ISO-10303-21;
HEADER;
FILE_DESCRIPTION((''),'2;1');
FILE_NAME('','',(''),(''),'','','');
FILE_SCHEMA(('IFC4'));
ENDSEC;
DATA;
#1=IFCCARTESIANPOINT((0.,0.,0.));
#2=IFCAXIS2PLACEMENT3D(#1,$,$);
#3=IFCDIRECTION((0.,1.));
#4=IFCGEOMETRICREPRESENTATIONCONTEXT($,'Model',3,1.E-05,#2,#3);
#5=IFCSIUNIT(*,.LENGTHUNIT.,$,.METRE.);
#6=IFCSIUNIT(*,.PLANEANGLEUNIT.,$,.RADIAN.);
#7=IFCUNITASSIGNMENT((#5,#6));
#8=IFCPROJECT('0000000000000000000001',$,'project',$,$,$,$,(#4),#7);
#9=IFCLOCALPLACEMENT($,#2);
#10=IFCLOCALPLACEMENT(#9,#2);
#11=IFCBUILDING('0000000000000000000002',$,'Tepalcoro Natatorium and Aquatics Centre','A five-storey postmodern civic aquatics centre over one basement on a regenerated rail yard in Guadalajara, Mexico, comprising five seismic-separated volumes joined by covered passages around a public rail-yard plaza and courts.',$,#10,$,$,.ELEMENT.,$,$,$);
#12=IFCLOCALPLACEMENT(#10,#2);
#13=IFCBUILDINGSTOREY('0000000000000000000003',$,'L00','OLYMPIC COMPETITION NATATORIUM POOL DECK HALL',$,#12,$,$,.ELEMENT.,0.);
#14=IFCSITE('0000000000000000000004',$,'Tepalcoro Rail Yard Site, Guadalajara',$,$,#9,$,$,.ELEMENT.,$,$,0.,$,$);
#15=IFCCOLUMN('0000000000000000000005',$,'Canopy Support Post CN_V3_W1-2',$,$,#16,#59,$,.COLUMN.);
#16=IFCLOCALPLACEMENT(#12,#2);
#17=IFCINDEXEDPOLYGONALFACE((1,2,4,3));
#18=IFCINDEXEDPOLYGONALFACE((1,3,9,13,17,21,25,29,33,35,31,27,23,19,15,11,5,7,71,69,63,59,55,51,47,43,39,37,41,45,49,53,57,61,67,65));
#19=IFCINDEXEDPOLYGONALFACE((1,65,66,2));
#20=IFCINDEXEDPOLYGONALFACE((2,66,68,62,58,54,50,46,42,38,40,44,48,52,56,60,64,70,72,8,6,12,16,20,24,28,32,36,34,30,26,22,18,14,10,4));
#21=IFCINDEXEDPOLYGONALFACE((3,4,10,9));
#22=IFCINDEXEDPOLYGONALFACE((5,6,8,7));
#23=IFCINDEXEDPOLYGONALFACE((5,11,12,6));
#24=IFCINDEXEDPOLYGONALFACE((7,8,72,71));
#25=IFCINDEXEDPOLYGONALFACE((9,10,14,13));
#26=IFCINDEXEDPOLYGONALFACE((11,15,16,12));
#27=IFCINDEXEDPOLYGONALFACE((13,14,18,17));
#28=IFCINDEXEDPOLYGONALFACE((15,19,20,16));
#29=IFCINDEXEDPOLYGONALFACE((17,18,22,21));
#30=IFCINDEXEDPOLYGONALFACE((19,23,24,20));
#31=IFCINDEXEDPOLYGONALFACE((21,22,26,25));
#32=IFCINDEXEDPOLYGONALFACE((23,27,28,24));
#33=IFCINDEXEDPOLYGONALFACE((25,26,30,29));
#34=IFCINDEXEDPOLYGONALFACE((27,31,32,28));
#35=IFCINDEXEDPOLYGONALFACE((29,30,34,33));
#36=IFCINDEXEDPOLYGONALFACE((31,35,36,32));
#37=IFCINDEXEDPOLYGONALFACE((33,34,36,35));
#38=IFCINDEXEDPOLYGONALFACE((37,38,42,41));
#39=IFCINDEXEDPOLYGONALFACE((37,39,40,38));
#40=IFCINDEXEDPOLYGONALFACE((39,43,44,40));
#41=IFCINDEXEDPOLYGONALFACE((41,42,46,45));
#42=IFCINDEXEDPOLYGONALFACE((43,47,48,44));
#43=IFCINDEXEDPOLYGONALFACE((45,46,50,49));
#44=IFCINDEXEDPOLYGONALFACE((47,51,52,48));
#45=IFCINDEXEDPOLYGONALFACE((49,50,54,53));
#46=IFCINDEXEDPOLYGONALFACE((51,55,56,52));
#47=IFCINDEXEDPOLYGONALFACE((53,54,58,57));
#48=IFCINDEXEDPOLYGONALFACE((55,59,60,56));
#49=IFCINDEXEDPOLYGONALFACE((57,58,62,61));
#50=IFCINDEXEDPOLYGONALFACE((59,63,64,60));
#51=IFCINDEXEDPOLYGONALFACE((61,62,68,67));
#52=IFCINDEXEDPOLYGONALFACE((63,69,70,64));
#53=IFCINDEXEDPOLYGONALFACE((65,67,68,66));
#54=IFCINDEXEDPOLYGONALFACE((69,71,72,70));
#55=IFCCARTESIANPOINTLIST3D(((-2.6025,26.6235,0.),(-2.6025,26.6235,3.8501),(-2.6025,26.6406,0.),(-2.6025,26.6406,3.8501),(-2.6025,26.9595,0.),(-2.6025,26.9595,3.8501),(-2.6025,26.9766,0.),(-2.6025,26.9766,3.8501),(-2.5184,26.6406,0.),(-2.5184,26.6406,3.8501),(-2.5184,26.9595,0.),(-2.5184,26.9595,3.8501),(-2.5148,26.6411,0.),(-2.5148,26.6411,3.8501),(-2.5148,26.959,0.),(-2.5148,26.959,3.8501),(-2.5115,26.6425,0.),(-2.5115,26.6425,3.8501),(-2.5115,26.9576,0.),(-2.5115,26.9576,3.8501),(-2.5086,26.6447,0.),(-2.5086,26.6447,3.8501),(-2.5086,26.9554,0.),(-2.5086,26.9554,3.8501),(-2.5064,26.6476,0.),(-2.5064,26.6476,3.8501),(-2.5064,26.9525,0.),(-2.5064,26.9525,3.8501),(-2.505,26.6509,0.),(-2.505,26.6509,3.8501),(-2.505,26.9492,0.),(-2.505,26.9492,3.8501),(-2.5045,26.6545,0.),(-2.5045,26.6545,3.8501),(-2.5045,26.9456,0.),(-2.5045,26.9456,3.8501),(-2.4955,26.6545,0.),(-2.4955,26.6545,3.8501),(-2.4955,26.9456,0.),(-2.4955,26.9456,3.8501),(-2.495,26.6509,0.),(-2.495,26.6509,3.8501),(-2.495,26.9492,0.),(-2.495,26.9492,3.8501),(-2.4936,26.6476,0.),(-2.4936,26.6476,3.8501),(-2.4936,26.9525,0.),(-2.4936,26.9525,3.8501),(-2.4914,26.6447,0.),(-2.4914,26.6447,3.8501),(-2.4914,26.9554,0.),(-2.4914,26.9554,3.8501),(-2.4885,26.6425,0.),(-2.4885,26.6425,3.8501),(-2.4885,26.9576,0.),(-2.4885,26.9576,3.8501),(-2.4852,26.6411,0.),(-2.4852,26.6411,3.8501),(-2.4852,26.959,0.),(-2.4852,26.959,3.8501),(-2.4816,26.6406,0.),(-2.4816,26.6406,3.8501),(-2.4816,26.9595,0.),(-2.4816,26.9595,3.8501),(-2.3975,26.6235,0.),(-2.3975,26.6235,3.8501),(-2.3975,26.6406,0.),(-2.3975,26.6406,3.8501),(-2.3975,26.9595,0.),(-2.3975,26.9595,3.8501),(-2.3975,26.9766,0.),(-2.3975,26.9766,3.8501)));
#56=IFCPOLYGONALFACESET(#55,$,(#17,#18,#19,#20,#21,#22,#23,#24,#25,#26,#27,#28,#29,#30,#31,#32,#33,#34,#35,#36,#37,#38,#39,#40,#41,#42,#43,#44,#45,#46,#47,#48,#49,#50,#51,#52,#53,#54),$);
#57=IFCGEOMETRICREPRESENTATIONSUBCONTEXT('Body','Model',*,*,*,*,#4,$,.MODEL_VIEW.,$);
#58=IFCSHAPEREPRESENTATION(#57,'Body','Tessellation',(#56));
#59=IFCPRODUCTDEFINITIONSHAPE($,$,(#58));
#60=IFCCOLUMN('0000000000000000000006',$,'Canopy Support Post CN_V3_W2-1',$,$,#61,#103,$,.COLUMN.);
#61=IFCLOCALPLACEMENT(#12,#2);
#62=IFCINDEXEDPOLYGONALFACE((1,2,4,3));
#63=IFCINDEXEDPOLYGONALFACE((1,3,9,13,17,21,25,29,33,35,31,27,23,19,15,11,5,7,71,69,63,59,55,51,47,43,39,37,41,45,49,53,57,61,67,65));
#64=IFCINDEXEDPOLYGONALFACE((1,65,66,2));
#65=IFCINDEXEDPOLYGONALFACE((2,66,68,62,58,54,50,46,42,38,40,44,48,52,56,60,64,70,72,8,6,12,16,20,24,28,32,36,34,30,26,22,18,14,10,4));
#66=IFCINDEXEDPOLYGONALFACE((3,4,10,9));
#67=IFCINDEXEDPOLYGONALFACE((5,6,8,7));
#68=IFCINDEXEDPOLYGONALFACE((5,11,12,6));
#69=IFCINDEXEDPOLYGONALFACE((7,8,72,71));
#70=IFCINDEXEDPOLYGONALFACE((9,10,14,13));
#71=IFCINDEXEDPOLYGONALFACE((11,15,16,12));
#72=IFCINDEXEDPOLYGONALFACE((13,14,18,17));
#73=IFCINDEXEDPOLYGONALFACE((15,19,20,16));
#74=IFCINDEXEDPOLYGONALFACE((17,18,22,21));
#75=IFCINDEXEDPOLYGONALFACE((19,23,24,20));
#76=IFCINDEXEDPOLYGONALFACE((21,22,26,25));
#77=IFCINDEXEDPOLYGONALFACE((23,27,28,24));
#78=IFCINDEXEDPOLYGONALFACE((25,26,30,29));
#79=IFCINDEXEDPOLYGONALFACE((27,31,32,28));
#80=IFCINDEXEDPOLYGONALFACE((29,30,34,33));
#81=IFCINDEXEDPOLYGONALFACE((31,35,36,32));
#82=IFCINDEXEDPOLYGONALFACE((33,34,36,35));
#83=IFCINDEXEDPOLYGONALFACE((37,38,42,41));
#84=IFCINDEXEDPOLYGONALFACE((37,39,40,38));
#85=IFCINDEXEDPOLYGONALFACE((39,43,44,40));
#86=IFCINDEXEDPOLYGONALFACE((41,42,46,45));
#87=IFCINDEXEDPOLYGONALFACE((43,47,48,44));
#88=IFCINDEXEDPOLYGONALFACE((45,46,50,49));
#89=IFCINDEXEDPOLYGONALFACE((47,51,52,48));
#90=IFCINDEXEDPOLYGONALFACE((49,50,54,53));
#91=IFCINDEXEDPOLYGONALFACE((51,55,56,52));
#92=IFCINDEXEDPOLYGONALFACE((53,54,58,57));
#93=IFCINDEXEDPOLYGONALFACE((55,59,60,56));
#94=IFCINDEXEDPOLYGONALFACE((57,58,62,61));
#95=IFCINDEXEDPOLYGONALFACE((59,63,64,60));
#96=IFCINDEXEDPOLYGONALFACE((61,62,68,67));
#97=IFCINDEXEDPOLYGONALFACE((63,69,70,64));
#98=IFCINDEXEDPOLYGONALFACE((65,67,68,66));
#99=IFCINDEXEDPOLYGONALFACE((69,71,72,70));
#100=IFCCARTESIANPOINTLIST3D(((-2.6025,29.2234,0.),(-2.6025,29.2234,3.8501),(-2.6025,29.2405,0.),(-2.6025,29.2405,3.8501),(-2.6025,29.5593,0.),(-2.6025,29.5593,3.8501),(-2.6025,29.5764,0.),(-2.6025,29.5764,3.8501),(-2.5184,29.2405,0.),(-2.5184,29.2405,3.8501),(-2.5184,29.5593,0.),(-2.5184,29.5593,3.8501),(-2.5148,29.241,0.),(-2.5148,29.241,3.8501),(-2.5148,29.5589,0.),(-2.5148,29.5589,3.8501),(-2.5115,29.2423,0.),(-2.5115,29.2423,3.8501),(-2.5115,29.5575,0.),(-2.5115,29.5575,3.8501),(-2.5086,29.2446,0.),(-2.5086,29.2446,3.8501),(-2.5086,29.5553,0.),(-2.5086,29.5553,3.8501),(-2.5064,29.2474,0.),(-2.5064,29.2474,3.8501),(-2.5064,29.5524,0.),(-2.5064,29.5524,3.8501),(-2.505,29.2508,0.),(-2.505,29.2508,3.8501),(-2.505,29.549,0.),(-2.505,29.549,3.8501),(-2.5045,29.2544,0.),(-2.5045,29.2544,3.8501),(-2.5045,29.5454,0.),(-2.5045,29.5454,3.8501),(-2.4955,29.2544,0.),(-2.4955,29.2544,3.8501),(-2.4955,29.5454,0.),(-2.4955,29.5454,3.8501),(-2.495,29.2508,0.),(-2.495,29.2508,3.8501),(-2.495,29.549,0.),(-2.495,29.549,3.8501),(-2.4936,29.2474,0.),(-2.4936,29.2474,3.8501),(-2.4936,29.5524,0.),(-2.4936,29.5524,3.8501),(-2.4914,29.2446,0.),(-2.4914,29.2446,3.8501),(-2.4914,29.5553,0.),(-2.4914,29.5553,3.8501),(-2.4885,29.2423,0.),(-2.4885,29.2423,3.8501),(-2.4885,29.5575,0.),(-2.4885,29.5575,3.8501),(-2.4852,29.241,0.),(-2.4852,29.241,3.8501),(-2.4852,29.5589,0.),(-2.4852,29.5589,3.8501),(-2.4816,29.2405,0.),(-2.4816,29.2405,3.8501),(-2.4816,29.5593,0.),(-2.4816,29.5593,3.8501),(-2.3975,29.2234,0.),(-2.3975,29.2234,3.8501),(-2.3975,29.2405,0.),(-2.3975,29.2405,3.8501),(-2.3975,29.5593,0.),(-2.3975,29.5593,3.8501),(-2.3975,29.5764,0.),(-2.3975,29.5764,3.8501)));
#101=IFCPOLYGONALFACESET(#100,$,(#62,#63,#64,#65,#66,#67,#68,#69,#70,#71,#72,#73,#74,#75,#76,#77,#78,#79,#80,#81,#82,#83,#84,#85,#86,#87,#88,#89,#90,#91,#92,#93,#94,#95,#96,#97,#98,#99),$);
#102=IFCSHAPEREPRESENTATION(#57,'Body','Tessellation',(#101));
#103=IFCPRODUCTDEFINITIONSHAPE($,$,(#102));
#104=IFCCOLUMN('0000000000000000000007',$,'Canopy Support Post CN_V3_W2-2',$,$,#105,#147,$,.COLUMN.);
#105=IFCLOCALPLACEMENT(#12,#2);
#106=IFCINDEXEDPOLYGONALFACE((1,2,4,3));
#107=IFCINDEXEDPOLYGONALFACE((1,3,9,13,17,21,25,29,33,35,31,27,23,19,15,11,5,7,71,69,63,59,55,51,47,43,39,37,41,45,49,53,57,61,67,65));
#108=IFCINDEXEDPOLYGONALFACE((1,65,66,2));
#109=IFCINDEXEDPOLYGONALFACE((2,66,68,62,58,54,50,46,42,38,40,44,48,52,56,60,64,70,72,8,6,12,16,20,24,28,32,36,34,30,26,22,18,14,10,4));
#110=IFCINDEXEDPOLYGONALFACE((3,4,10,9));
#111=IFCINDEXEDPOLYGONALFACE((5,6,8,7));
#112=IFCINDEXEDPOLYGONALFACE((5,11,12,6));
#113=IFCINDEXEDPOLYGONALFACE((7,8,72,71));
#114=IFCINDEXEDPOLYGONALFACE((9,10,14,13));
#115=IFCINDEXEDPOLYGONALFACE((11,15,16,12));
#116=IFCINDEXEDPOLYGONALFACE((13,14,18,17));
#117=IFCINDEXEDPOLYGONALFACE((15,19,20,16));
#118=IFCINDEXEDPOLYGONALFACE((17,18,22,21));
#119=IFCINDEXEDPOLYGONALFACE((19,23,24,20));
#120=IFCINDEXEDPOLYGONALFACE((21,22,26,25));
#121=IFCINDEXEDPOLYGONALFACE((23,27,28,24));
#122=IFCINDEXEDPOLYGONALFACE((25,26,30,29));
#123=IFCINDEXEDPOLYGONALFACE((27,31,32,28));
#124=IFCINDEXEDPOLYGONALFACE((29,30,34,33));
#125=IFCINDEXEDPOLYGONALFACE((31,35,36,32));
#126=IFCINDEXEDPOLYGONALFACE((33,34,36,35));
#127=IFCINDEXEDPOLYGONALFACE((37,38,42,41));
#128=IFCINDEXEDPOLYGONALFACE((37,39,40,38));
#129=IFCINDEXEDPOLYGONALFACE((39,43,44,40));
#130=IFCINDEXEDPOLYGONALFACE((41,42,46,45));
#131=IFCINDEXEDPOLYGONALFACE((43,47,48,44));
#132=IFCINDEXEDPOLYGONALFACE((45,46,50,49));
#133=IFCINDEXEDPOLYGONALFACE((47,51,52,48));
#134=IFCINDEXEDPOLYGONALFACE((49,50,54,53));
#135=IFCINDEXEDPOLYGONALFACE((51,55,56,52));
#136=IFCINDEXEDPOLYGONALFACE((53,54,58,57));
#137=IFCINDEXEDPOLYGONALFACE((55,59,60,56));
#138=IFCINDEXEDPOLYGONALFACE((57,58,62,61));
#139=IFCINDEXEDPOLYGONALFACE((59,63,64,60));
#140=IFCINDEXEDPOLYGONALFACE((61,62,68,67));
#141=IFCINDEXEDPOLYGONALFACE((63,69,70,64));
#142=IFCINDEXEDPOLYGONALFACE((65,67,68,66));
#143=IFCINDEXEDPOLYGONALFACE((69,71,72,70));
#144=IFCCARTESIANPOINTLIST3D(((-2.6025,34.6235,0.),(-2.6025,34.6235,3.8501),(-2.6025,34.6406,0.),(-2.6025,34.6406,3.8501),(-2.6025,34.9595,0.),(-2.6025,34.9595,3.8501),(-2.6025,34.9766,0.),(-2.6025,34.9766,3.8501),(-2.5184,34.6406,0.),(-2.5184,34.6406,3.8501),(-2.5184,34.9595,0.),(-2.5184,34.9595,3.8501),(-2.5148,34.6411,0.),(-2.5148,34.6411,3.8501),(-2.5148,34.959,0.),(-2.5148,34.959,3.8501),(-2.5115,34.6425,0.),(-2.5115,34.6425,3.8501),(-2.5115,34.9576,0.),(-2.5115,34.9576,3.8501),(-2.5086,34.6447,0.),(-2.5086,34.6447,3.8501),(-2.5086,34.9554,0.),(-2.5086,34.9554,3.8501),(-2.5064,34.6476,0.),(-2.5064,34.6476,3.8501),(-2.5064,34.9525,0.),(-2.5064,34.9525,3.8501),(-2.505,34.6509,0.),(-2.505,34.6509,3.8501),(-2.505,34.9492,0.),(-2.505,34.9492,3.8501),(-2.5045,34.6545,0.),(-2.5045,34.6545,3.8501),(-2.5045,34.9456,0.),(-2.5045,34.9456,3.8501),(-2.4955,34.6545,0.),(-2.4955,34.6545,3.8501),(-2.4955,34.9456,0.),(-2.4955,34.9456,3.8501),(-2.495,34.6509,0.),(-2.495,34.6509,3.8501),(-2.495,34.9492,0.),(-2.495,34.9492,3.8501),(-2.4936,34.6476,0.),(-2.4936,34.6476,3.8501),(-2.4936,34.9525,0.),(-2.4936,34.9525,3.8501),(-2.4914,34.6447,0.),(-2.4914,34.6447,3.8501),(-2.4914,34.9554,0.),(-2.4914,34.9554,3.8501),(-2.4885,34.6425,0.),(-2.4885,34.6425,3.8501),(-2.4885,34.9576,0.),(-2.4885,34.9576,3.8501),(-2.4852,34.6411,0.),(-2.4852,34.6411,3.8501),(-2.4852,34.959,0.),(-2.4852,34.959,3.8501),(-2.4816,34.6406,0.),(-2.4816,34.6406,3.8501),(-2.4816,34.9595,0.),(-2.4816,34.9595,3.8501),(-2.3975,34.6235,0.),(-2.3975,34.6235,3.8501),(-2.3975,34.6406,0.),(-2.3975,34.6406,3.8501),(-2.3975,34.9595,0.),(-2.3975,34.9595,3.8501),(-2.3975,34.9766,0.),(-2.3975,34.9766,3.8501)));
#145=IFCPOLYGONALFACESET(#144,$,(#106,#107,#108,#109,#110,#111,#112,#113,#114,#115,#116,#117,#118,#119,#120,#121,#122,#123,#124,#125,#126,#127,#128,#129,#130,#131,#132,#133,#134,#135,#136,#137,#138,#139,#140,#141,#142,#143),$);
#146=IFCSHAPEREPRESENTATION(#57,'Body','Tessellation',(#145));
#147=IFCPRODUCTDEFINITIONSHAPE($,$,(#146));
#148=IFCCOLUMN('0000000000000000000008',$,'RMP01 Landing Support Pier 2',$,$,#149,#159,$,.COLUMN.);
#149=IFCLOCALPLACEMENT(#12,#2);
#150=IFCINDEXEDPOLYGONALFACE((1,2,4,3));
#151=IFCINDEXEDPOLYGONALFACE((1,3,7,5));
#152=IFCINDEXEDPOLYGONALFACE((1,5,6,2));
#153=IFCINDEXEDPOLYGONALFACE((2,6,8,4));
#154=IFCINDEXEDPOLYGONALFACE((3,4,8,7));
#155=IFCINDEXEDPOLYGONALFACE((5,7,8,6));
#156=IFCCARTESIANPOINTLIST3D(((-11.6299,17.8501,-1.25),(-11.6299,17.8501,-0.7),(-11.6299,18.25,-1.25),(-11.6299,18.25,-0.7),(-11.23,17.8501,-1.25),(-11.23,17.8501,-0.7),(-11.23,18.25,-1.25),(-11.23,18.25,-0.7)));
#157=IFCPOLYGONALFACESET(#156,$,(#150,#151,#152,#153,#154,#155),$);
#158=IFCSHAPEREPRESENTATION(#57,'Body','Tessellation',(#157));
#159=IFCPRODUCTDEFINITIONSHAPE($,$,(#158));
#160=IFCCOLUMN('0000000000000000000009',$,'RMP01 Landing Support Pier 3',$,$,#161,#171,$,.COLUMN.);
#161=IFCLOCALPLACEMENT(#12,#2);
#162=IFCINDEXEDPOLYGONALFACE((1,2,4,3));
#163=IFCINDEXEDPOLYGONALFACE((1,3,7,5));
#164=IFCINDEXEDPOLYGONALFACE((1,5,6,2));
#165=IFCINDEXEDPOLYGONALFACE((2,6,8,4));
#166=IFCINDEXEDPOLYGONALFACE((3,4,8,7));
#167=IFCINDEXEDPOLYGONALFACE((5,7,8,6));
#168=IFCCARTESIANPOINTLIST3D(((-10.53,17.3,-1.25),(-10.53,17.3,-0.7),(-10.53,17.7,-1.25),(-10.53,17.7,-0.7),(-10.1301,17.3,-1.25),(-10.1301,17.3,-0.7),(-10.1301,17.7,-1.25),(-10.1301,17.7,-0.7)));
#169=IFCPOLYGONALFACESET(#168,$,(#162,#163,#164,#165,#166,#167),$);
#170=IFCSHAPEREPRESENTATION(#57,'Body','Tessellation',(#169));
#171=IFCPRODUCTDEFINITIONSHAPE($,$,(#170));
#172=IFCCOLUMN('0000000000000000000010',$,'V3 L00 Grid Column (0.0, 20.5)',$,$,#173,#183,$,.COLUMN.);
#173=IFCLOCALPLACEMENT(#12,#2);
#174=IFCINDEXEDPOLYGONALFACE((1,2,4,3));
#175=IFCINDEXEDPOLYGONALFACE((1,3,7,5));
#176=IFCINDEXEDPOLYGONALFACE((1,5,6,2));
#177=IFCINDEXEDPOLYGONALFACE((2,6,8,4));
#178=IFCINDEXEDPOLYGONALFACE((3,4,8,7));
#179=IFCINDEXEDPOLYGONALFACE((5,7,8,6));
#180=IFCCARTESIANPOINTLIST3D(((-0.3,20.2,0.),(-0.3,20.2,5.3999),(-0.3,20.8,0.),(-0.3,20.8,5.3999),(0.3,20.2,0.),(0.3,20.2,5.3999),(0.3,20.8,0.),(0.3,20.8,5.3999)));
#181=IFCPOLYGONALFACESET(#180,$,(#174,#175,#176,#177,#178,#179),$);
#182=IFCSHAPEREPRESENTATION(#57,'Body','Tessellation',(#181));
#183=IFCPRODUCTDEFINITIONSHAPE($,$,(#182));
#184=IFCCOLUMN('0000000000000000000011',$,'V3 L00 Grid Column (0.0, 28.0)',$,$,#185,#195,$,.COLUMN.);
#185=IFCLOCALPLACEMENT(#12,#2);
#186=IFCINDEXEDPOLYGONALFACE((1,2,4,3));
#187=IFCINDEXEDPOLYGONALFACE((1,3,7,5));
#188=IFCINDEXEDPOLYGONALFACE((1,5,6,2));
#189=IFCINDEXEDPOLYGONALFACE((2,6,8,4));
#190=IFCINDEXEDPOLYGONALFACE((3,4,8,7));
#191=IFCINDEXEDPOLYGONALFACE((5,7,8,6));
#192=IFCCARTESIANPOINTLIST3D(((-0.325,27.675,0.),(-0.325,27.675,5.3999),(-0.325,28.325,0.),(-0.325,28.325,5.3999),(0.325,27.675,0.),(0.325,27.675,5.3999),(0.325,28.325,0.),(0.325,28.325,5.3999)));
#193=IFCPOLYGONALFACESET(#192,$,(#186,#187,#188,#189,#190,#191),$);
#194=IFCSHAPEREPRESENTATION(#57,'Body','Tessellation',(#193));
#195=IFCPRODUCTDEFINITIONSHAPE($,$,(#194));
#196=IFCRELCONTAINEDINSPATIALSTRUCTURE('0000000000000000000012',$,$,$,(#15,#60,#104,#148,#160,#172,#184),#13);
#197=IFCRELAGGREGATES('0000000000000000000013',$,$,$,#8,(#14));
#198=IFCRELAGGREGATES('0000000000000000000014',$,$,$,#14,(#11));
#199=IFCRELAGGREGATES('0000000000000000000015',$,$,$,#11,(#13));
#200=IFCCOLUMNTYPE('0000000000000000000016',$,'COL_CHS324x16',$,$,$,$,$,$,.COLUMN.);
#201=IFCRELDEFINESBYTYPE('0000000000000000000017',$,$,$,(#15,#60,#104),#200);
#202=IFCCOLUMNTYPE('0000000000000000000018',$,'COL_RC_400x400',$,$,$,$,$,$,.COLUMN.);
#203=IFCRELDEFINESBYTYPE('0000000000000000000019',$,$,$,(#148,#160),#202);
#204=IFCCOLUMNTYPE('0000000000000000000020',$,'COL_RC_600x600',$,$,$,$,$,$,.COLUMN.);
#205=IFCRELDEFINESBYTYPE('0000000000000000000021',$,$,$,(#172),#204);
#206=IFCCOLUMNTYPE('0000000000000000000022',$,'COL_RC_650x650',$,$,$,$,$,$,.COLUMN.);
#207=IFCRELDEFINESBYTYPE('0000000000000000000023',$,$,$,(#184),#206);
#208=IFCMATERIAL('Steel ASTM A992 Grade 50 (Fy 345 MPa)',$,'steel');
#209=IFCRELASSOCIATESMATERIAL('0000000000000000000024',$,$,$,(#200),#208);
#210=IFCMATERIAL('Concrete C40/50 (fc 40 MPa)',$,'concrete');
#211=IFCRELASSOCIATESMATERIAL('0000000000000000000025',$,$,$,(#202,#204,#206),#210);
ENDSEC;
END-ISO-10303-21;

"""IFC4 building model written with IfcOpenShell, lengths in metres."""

from ifc_helpers import new_model, si_unit, direction, frame, origin, origin_2d, place, context, subcontext, project, spatial, rectangle, i_section, extrude, material, material_profile, profile_set, type_object, element, save


model = new_model("IFC4")

# Units and contexts
model_context = context("Model", 3, precision=1e-05, world=origin(), true_north=direction((0.0, 1.0)))
body_context = subcontext(model_context, "Body", "Model", "MODEL_VIEW")
ifc_project = project(units=[si_unit("LENGTHUNIT", "METRE"), si_unit("PLANEANGLEUNIT", "RADIAN")], contexts=[model_context])

# Site, building, storey
site_placement = place(None, origin())
site = spatial("IfcSite", under=ifc_project, at=site_placement, Name="Tepalcoro Rail Yard Site, Guadalajara", CompositionType="ELEMENT", RefElevation=0.0)
building_placement = place(site_placement, origin())
building = spatial("IfcBuilding", under=site, at=building_placement, Name="Tepalcoro Natatorium and Aquatics Centre", Description="A five-storey postmodern civic aquatics centre over one basement on a regenerated rail yard in Guadalajara, Mexico, comprising five seismic-separated volumes joined by covered passages around a public rail-yard plaza and courts.", CompositionType="ELEMENT")
storey_placement = place(building_placement, origin())
storey = spatial("IfcBuildingStorey", under=building, at=storey_placement, Name="L00", Description="OLYMPIC COMPETITION NATATORIUM POOL DECK HALL", CompositionType="ELEMENT", Elevation=0.0)

# Shared definitions
ifc_material_1 = material(Name="Concrete C40/50 (fc 40 MPa)", Category="concrete")

# Columns
ifc_material_2 = material(Name="Steel ASTM A992 Grade 50 (Fy 345 MPa)", Category="steel")
ifc_material_profile_1 = material_profile(ifc_material_2, i_section(OverallWidth=0.2051, OverallDepth=0.353, WebThickness=0.009, FlangeThickness=0.0171, FilletRadius=0.0139, at=origin_2d()), Name="W14X53")
ifc_profile_set_1 = profile_set([ifc_material_profile_1], Name="Steel ASTM A992 Grade 50 (Fy 345 MPa)")
column_type_1 = type_object("IfcColumnType", Name="COL_CHS324x16", PredefinedType="COLUMN", material=ifc_profile_set_1)
for number, where, z_axis, x_axis, name in (
    (1, (-2.5, 26.8, 0.0), (0.0, 0.0, 1.0), (1.0, 0.0, 0.0), "Canopy Support Post CN_V3_W1-2"),
    (2, (-2.5, 29.3999, 0.0), (0.0, 0.0, 1.0), (1.0, 0.0, 0.0), "Canopy Support Post CN_V3_W2-1"),
    (3, (-2.5, 34.8, 0.0), (0.0, 0.0, 1.0), (1.0, 0.0, 0.0), "Canopy Support Post CN_V3_W2-2"),
):
    element("IfcColumn", number, at=place(storey_placement, frame(where, z_axis=z_axis, x_axis=x_axis)), inside=storey, type_object=column_type_1, Name=name, PredefinedType="COLUMN", context=body_context, shape_type="SweptSolid", body=[
        extrude(i_section(OverallWidth=0.2051, OverallDepth=0.353, WebThickness=0.009, FlangeThickness=0.0171, FilletRadius=0.0139, at=origin_2d()), origin(), (0.0, 0.0, 1.0), 3.8501),
    ])
ifc_material_profile_2 = material_profile(ifc_material_1, rectangle(XDim=0.3999, YDim=0.3999, at=origin_2d()), Name="RC400x400")
ifc_profile_set_2 = profile_set([ifc_material_profile_2], Name="Concrete C40/50 (fc 40 MPa)")
column_type_2 = type_object("IfcColumnType", Name="COL_RC_400x400", PredefinedType="COLUMN", material=ifc_profile_set_2)
for number, where, z_axis, x_axis, name in (
    (4, (-11.4299, 18.05, -1.25), (0.0, 0.0, 1.0), (1.0, 0.0, 0.0), "RMP01 Landing Support Pier 2"),
    (5, (-10.3301, 17.5, -1.25), (0.0, 0.0, 1.0), (1.0, 0.0, 0.0), "RMP01 Landing Support Pier 3"),
):
    element("IfcColumn", number, at=place(storey_placement, frame(where, z_axis=z_axis, x_axis=x_axis)), inside=storey, type_object=column_type_2, Name=name, PredefinedType="COLUMN", context=body_context, shape_type="SweptSolid", body=[
        extrude(rectangle(XDim=0.3999, YDim=0.3999, at=origin_2d()), origin(), (0.0, 0.0, 1.0), 0.55),
    ])
ifc_material_profile_3 = material_profile(ifc_material_1, rectangle(XDim=0.6001, YDim=0.6001, at=origin_2d()), Name="RC600x600")
ifc_profile_set_3 = profile_set([ifc_material_profile_3], Name="Concrete C40/50 (fc 40 MPa)")
column_type_3 = type_object("IfcColumnType", Name="COL_RC_600x600", PredefinedType="COLUMN", material=ifc_profile_set_3)
column_1_placement = place(storey_placement, frame((0.0, 20.5, 0.0), z_axis=(0.0, 0.0, 1.0), x_axis=(1.0, 0.0, 0.0)))
element("IfcColumn", 6, at=column_1_placement, inside=storey, type_object=column_type_3, Name="V3 L00 Grid Column (0.0, 20.5)", PredefinedType="COLUMN", context=body_context, shape_type="SweptSolid", body=[
    extrude(rectangle(XDim=0.6001, YDim=0.6001, at=origin_2d()), origin(), (0.0, 0.0, 1.0), 5.3999),
])
ifc_material_profile_4 = material_profile(ifc_material_1, rectangle(XDim=0.6499, YDim=0.6499, at=origin_2d()), Name="RC650x650")
ifc_profile_set_4 = profile_set([ifc_material_profile_4], Name="Concrete C40/50 (fc 40 MPa)")
column_type_4 = type_object("IfcColumnType", Name="COL_RC_650x650", PredefinedType="COLUMN", material=ifc_profile_set_4)
column_2_placement = place(storey_placement, frame((0.0, 28.0, 0.0), z_axis=(0.0, 0.0, 1.0), x_axis=(1.0, 0.0, 0.0)))
element("IfcColumn", 7, at=column_2_placement, inside=storey, type_object=column_type_4, Name="V3 L00 Grid Column (0.0, 28.0)", PredefinedType="COLUMN", context=body_context, shape_type="SweptSolid", body=[
    extrude(rectangle(XDim=0.6499, YDim=0.6499, at=origin_2d()), origin(), (0.0, 0.0, 1.0), 5.3999),
])

save(model, "model.ifc")
